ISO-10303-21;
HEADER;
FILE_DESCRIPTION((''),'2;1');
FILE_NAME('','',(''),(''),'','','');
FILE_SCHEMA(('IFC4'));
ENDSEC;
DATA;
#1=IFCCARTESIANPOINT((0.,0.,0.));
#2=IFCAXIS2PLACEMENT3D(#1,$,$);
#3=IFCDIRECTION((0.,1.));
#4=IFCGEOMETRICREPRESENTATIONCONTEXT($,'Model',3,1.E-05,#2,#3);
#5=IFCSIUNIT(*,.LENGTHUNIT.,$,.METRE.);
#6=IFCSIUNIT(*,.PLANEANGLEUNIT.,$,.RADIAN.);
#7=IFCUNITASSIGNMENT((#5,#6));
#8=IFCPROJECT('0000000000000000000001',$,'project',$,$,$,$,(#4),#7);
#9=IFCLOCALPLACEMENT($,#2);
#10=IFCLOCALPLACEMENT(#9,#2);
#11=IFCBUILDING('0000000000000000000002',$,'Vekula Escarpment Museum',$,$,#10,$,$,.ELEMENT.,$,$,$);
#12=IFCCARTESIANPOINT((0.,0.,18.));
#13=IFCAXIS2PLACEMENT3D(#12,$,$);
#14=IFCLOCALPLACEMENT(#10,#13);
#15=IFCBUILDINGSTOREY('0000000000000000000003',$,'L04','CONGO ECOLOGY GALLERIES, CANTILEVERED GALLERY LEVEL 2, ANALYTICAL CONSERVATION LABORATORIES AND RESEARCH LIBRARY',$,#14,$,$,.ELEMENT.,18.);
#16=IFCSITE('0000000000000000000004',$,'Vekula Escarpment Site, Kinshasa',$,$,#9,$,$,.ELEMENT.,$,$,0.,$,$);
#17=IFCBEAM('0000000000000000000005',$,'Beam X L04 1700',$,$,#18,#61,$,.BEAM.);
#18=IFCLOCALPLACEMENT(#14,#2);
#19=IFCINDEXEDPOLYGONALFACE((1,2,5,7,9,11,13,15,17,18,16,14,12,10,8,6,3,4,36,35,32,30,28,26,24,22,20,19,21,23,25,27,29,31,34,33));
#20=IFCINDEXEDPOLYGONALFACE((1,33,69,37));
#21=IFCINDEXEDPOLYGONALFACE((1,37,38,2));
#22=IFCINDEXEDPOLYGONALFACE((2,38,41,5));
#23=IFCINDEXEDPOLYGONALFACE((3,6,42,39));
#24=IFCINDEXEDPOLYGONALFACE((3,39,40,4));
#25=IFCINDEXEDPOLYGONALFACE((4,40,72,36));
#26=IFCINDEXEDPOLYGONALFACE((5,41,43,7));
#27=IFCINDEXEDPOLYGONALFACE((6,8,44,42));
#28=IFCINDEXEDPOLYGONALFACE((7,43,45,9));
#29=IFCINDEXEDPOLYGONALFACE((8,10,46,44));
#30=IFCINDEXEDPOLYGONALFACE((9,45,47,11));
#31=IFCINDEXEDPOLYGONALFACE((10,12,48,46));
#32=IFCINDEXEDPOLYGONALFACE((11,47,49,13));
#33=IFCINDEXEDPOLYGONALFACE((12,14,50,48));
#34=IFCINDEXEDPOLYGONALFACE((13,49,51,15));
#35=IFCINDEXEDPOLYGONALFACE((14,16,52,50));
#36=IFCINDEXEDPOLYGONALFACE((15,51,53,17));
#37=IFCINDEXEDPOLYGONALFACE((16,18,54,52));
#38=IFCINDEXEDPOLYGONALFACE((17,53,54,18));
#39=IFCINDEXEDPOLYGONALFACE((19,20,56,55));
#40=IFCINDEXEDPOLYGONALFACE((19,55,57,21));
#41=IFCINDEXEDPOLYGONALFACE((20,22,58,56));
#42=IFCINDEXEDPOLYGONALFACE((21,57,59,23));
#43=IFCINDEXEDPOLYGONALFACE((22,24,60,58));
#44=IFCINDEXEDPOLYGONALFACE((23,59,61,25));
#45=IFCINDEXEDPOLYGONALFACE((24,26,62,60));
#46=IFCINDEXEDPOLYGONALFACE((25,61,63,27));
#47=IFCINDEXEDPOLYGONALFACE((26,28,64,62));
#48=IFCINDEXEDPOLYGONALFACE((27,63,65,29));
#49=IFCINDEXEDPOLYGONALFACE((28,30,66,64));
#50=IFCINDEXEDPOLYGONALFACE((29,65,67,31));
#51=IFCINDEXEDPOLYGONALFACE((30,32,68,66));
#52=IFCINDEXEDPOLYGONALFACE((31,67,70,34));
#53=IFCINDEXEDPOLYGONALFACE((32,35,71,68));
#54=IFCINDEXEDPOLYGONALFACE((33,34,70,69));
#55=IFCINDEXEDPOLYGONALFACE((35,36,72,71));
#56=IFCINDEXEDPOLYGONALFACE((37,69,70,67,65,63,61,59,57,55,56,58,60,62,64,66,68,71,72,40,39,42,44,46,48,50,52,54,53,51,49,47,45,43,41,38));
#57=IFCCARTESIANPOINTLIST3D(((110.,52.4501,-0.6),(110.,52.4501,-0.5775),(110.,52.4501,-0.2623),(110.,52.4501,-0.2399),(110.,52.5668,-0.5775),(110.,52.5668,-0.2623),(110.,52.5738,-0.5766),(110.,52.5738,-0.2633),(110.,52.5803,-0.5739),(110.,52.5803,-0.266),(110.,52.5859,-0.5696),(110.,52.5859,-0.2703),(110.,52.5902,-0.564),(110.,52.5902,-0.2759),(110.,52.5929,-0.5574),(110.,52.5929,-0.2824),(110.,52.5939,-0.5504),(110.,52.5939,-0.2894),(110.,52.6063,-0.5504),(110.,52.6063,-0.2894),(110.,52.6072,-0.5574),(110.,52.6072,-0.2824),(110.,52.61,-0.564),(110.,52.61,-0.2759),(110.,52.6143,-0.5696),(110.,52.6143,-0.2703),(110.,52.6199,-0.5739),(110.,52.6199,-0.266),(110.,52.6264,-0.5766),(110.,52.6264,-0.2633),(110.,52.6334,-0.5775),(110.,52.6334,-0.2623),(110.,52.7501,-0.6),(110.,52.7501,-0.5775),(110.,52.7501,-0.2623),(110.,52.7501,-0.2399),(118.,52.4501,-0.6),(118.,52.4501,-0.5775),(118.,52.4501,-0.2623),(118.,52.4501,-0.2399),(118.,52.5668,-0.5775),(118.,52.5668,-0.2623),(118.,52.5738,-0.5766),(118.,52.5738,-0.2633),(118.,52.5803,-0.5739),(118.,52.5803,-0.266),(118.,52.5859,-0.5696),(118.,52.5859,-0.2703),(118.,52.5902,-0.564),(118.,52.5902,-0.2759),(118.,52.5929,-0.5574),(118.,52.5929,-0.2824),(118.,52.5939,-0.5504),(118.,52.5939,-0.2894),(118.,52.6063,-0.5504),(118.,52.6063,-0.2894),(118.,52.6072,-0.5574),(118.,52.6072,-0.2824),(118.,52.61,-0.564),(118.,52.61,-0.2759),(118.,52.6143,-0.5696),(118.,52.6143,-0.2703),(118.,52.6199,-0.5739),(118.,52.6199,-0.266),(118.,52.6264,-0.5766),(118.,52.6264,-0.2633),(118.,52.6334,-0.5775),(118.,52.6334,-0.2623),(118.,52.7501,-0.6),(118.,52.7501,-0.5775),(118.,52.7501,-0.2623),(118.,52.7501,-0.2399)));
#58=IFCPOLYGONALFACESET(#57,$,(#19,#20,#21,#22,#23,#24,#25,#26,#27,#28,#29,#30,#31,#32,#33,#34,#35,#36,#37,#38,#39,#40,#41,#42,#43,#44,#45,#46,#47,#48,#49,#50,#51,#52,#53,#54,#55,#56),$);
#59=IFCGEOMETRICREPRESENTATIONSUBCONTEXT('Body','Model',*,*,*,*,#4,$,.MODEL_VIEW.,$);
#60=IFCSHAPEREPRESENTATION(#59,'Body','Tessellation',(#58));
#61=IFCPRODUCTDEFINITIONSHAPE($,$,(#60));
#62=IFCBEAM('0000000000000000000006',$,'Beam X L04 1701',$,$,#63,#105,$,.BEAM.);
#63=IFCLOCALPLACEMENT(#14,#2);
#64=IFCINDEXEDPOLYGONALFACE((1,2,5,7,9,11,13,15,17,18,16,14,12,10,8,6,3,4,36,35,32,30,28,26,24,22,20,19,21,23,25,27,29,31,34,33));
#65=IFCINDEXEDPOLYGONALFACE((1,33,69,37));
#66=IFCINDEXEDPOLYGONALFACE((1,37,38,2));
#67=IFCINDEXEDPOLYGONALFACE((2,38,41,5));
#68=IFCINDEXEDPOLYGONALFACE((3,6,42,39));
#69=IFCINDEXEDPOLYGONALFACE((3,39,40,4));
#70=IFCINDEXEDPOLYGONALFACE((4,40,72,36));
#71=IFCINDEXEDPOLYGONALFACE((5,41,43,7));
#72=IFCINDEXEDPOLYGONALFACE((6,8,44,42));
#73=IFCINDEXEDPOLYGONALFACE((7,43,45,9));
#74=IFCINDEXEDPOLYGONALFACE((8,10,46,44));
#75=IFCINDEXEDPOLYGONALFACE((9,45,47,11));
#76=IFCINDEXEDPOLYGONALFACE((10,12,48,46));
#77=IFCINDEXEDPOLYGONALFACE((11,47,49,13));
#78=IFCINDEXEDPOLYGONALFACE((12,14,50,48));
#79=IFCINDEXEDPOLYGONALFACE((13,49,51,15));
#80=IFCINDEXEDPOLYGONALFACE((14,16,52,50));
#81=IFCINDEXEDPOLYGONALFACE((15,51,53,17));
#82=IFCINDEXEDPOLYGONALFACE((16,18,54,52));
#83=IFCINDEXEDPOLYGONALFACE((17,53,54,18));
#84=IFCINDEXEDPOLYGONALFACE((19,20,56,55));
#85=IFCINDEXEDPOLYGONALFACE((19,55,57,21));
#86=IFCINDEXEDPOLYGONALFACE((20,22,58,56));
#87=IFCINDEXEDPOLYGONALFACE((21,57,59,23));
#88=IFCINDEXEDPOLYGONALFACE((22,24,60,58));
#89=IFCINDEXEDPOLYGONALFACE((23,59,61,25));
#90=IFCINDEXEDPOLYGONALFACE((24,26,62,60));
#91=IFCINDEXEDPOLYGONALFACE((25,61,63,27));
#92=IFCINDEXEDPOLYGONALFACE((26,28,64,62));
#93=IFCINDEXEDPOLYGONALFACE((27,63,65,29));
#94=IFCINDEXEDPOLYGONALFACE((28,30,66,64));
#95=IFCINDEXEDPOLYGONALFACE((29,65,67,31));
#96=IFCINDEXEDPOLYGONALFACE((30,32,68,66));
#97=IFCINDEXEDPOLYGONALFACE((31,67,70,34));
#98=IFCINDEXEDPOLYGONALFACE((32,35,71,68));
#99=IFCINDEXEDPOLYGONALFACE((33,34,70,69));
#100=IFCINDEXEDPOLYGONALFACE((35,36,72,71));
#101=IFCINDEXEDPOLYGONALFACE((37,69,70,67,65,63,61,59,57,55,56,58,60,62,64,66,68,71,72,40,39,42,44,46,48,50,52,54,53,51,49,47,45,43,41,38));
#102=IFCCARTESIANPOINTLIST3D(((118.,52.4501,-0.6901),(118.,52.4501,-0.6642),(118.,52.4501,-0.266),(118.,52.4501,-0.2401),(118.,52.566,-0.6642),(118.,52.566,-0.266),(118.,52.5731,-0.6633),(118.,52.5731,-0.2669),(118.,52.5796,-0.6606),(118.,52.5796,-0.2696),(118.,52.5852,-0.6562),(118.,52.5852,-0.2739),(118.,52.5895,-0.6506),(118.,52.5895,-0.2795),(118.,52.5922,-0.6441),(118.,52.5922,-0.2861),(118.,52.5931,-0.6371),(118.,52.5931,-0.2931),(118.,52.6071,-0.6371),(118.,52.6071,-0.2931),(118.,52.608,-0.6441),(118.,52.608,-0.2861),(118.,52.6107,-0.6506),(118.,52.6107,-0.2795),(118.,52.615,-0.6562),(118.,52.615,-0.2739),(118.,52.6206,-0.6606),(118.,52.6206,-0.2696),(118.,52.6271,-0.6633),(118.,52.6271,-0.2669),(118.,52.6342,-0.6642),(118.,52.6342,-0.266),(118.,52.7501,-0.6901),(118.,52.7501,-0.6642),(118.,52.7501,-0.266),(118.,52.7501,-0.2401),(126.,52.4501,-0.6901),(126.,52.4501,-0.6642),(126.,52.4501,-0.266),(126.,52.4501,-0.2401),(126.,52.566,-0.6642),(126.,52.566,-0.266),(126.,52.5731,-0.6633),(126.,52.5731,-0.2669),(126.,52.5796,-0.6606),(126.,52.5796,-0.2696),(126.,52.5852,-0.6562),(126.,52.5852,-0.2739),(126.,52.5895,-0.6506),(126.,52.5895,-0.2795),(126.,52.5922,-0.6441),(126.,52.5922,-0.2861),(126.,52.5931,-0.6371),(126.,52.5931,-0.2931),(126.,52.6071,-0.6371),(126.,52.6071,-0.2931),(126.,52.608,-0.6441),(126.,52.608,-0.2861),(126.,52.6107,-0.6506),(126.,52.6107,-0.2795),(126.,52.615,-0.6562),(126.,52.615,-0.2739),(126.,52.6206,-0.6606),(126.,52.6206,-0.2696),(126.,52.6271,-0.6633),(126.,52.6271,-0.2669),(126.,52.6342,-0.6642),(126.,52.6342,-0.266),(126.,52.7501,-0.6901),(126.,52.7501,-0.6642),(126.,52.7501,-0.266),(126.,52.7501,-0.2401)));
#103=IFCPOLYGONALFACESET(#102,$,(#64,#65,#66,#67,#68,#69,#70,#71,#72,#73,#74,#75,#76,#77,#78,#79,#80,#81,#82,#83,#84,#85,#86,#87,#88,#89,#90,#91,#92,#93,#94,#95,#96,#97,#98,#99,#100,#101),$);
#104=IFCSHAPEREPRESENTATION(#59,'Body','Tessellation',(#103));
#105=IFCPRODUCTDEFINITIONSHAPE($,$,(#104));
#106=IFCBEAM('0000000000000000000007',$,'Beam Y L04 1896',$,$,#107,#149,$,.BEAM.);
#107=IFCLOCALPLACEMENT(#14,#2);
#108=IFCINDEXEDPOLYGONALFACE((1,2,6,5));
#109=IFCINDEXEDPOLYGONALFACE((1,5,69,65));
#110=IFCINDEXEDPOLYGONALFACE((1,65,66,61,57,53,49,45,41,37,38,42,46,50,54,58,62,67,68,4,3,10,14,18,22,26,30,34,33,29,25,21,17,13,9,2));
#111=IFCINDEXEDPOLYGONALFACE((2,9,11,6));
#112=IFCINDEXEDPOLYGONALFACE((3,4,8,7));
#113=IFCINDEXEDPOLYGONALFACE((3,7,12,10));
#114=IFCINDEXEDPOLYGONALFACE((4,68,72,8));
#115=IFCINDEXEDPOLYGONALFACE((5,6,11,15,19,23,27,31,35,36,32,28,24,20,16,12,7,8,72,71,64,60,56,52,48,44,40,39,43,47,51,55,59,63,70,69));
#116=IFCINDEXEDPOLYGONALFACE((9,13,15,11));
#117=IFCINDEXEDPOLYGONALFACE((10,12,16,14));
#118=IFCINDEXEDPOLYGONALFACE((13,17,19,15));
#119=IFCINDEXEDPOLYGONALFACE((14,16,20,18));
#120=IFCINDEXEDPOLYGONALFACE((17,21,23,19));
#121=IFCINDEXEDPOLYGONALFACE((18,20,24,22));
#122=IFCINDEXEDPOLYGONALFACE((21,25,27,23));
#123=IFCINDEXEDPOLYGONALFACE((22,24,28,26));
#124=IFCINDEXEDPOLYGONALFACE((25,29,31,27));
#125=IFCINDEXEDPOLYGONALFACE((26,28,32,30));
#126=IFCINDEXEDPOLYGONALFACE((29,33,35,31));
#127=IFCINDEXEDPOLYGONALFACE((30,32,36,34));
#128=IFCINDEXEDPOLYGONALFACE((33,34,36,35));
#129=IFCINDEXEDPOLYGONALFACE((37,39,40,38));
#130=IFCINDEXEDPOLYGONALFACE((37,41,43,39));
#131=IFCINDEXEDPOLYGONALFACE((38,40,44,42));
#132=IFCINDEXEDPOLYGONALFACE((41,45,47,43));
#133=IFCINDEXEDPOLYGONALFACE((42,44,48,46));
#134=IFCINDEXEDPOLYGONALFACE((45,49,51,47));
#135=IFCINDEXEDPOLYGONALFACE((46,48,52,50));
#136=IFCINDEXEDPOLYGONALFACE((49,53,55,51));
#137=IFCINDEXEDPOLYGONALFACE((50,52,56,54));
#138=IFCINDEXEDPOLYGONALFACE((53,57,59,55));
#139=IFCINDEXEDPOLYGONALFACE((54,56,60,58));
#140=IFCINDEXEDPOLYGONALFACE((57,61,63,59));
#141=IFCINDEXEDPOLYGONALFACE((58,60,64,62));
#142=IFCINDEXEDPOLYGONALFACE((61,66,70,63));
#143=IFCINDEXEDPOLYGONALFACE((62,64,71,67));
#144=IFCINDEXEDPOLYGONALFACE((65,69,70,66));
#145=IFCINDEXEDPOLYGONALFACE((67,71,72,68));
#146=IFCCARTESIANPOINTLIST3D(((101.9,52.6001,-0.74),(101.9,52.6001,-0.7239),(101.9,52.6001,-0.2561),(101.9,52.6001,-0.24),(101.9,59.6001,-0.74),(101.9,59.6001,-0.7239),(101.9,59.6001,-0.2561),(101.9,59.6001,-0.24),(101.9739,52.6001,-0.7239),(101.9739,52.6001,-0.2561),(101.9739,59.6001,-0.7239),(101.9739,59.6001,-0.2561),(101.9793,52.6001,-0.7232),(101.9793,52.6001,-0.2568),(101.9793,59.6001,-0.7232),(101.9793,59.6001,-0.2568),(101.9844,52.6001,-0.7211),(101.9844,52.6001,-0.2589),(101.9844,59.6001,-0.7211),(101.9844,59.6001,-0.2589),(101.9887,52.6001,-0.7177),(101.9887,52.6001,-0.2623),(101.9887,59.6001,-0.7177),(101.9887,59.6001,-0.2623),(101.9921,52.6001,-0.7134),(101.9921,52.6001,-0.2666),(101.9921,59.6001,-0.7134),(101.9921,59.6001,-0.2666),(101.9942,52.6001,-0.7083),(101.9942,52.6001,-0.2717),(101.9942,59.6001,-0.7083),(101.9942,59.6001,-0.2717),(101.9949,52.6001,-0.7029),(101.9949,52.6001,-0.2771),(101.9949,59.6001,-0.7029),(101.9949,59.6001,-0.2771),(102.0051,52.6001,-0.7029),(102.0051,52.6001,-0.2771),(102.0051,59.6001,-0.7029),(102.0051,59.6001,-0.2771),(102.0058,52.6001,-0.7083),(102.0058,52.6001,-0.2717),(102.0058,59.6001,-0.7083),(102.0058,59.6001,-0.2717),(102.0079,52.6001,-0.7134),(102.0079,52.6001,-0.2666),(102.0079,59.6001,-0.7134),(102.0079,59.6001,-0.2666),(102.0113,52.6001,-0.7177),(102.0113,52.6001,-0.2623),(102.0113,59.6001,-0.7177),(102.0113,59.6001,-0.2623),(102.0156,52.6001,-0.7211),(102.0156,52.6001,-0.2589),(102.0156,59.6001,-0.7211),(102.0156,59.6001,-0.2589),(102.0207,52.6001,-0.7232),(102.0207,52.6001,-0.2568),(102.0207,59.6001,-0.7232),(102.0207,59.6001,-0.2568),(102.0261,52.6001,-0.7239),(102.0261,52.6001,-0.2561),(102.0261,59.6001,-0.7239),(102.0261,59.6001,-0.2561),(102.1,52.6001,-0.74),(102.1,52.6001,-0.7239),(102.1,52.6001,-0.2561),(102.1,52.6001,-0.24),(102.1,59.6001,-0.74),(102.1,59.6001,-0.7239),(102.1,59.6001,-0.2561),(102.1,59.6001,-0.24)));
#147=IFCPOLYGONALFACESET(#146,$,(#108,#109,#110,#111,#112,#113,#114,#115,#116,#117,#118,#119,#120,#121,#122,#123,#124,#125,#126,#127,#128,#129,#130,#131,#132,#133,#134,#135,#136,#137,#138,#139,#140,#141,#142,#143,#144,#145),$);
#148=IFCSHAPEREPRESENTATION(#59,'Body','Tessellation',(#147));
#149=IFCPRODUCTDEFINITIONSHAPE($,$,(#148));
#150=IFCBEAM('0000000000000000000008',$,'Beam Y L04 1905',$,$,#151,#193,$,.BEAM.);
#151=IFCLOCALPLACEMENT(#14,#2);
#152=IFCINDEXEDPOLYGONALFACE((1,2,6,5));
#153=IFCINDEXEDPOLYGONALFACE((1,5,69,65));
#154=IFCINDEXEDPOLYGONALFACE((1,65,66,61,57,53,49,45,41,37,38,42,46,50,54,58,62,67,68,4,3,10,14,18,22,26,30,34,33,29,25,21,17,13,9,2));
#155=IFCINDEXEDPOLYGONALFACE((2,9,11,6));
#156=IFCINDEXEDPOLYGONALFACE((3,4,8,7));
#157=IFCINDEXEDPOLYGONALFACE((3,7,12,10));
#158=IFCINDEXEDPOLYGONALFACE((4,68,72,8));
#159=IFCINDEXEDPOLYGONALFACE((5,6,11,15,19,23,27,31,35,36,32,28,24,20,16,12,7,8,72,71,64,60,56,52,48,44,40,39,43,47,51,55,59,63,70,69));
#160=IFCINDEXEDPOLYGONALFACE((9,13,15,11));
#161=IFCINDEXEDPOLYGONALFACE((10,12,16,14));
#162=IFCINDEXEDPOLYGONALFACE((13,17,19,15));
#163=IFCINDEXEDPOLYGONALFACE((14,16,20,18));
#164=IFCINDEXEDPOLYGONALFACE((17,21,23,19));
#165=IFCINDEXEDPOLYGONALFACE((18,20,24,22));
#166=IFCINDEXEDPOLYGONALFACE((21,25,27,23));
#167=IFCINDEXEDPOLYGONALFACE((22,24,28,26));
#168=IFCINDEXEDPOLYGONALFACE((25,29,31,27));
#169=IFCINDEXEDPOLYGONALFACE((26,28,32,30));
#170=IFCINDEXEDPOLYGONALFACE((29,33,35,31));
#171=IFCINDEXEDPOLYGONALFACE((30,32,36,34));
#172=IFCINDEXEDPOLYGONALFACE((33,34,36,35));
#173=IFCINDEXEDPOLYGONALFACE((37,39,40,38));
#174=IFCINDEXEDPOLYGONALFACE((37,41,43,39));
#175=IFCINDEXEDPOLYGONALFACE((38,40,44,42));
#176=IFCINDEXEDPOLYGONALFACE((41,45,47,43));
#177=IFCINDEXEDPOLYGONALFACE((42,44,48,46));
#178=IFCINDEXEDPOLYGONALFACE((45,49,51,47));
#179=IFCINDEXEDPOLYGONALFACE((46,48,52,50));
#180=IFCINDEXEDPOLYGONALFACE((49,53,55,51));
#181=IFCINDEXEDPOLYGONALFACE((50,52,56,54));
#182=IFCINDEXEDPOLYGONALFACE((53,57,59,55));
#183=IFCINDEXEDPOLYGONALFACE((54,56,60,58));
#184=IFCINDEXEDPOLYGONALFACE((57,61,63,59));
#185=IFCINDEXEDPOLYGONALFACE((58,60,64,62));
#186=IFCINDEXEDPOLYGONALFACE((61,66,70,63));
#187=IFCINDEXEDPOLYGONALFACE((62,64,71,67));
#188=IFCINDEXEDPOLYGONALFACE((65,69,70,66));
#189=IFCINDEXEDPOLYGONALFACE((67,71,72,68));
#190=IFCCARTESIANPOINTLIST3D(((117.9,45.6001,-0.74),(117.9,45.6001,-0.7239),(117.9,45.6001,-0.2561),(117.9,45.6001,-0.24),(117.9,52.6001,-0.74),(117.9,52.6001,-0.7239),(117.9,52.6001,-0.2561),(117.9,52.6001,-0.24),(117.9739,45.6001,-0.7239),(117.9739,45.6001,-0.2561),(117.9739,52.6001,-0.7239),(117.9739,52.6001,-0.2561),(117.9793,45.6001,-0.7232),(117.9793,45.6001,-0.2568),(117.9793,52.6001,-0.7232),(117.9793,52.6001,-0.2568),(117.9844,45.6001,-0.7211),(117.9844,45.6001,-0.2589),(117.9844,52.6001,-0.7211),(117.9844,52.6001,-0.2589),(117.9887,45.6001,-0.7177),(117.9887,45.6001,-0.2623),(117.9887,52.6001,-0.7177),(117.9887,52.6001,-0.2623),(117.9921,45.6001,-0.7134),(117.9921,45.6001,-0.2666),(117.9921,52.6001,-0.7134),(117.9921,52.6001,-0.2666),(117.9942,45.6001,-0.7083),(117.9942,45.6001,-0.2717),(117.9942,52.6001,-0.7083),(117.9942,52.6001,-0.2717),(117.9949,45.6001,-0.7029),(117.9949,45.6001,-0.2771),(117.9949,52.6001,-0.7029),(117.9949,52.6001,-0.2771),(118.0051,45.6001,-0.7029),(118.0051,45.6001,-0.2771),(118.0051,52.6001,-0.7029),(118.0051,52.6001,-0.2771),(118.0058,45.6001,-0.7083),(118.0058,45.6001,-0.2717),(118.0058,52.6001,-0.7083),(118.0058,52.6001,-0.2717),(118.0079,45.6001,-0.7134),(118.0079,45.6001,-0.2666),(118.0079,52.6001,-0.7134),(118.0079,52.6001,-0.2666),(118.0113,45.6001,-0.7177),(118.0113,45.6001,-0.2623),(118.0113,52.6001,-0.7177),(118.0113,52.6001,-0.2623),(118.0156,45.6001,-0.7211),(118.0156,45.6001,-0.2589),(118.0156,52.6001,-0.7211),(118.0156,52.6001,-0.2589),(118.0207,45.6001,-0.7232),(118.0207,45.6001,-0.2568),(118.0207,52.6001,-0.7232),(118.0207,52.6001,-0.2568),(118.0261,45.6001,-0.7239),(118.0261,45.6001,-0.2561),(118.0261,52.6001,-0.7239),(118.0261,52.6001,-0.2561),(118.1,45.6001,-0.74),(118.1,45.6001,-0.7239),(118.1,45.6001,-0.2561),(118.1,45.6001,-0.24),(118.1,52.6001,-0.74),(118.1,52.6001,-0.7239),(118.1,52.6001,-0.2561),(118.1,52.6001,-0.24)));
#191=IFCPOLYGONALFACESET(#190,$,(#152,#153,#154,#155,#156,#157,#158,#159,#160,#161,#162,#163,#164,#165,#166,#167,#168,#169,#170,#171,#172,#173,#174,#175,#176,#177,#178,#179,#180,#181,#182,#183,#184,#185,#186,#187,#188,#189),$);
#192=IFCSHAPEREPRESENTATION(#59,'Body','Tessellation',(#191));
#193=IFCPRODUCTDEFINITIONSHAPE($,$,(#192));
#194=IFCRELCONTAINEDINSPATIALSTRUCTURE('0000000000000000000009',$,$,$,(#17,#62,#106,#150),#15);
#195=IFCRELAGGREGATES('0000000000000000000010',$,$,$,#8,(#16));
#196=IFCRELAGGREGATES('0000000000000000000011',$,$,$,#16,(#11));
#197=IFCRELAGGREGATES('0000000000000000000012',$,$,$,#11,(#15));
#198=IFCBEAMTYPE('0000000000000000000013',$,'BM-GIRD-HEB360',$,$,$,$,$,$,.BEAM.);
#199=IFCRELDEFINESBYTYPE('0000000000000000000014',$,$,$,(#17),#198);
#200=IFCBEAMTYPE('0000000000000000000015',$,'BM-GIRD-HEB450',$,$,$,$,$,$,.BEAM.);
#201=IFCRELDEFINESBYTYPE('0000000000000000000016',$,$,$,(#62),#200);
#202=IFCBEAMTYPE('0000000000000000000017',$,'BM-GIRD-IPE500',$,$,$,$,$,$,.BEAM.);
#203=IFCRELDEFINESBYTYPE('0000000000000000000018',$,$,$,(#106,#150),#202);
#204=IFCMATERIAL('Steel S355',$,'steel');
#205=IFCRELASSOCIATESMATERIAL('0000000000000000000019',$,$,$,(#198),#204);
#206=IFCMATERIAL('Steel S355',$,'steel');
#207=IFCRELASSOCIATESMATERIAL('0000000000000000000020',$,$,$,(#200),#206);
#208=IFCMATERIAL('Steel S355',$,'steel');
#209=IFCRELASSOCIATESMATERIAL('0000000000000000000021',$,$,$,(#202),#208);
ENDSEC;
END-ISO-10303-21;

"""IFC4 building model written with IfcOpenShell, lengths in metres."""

from ifc_helpers import new_model, si_unit, direction, frame, origin, origin_2d, place, context, subcontext, project, spatial, i_section, extrude, material, material_profile, profile_set, type_object, element, save


model = new_model("IFC4")

# Units and contexts
model_context = context("Model", 3, precision=1e-05, world=origin(), true_north=direction((0.0, 1.0)))
body_context = subcontext(model_context, "Body", "Model", "MODEL_VIEW")
ifc_project = project(units=[si_unit("LENGTHUNIT", "METRE"), si_unit("PLANEANGLEUNIT", "RADIAN")], contexts=[model_context])

# Site, building, storey
site_placement = place(None, origin())
site = spatial("IfcSite", under=ifc_project, at=site_placement, Name="Vekula Escarpment Site, Kinshasa", CompositionType="ELEMENT", RefElevation=0.0)
building_placement = place(site_placement, origin())
building = spatial("IfcBuilding", under=site, at=building_placement, Name="Vekula Escarpment Museum", CompositionType="ELEMENT")
storey_placement = place(building_placement, frame((0.0, 0.0, 18.0)))
storey = spatial("IfcBuildingStorey", under=building, at=storey_placement, Name="L04", Description="CONGO ECOLOGY GALLERIES, CANTILEVERED GALLERY LEVEL 2, ANALYTICAL CONSERVATION LABORATORIES AND RESEARCH LIBRARY", CompositionType="ELEMENT", Elevation=18.0)

# Beams
ifc_material_1 = material(Name="Steel S355", Category="steel")
ifc_material_profile_1 = material_profile(ifc_material_1, i_section(OverallWidth=0.3, OverallDepth=0.3601, WebThickness=0.0125, FlangeThickness=0.0225, FilletRadius=0.0271, at=origin_2d()), Name="HEB 360")
ifc_profile_set_1 = profile_set([ifc_material_profile_1], Name="Steel S355")
beam_type_1 = type_object("IfcBeamType", Name="BM-GIRD-HEB360", PredefinedType="BEAM", material=ifc_profile_set_1)
beam_1_placement = place(storey_placement, frame((110.0, 52.6001, -0.4199), z_axis=(1.0, 0.0, 0.0), x_axis=(0.0, 1.0, 0.0)))
element("IfcBeam", 1, at=beam_1_placement, inside=storey, type_object=beam_type_1, Name="Beam X L04 1700", PredefinedType="BEAM", context=body_context, shape_type="SweptSolid", body=[
    extrude(i_section(OverallWidth=0.3, OverallDepth=0.3601, WebThickness=0.0125, FlangeThickness=0.0225, FilletRadius=0.0271, at=origin_2d()), origin(), (0.0, 0.0, 1.0), 8.0),
])
ifc_material_2 = material(Name="Steel S355", Category="steel")
ifc_material_profile_2 = material_profile(ifc_material_2, i_section(OverallWidth=0.3, OverallDepth=0.45, WebThickness=0.0139, FlangeThickness=0.0259, FilletRadius=0.0271, at=origin_2d()), Name="HEB 450")
ifc_profile_set_2 = profile_set([ifc_material_profile_2], Name="Steel S355")
beam_type_2 = type_object("IfcBeamType", Name="BM-GIRD-HEB450", PredefinedType="BEAM", material=ifc_profile_set_2)
beam_2_placement = place(storey_placement, frame((118.0, 52.6001, -0.4651), z_axis=(1.0, 0.0, 0.0), x_axis=(0.0, 1.0, 0.0)))
element("IfcBeam", 2, at=beam_2_placement, inside=storey, type_object=beam_type_2, Name="Beam X L04 1701", PredefinedType="BEAM", context=body_context, shape_type="SweptSolid", body=[
    extrude(i_section(OverallWidth=0.3, OverallDepth=0.45, WebThickness=0.0139, FlangeThickness=0.0259, FilletRadius=0.0271, at=origin_2d()), origin(), (0.0, 0.0, 1.0), 8.0),
])
ifc_material_3 = material(Name="Steel S355", Category="steel")
ifc_material_profile_3 = material_profile(ifc_material_3, i_section(OverallWidth=0.2, OverallDepth=0.5, WebThickness=0.0103, FlangeThickness=0.0161, FilletRadius=0.021, at=origin_2d()), Name="IPE 500")
ifc_profile_set_3 = profile_set([ifc_material_profile_3], Name="Steel S355")
beam_type_3 = type_object("IfcBeamType", Name="BM-GIRD-IPE500", PredefinedType="BEAM", material=ifc_profile_set_3)
for number, where, z_axis, x_axis, name in (
    (3, (102.0, 52.6001, -0.49), (0.0, 1.0, 0.0), (-1.0, 0.0, 0.0), "Beam Y L04 1896"),
    (4, (118.0, 45.6001, -0.49), (0.0, 1.0, 0.0), (-1.0, 0.0, 0.0), "Beam Y L04 1905"),
):
    element("IfcBeam", number, at=place(storey_placement, frame(where, z_axis=z_axis, x_axis=x_axis)), inside=storey, type_object=beam_type_3, Name=name, PredefinedType="BEAM", context=body_context, shape_type="SweptSolid", body=[
        extrude(i_section(OverallWidth=0.2, OverallDepth=0.5, WebThickness=0.0103, FlangeThickness=0.0161, FilletRadius=0.021, at=origin_2d()), origin(), (0.0, 0.0, 1.0), 7.0),
    ])

save(model, "model.ifc")
